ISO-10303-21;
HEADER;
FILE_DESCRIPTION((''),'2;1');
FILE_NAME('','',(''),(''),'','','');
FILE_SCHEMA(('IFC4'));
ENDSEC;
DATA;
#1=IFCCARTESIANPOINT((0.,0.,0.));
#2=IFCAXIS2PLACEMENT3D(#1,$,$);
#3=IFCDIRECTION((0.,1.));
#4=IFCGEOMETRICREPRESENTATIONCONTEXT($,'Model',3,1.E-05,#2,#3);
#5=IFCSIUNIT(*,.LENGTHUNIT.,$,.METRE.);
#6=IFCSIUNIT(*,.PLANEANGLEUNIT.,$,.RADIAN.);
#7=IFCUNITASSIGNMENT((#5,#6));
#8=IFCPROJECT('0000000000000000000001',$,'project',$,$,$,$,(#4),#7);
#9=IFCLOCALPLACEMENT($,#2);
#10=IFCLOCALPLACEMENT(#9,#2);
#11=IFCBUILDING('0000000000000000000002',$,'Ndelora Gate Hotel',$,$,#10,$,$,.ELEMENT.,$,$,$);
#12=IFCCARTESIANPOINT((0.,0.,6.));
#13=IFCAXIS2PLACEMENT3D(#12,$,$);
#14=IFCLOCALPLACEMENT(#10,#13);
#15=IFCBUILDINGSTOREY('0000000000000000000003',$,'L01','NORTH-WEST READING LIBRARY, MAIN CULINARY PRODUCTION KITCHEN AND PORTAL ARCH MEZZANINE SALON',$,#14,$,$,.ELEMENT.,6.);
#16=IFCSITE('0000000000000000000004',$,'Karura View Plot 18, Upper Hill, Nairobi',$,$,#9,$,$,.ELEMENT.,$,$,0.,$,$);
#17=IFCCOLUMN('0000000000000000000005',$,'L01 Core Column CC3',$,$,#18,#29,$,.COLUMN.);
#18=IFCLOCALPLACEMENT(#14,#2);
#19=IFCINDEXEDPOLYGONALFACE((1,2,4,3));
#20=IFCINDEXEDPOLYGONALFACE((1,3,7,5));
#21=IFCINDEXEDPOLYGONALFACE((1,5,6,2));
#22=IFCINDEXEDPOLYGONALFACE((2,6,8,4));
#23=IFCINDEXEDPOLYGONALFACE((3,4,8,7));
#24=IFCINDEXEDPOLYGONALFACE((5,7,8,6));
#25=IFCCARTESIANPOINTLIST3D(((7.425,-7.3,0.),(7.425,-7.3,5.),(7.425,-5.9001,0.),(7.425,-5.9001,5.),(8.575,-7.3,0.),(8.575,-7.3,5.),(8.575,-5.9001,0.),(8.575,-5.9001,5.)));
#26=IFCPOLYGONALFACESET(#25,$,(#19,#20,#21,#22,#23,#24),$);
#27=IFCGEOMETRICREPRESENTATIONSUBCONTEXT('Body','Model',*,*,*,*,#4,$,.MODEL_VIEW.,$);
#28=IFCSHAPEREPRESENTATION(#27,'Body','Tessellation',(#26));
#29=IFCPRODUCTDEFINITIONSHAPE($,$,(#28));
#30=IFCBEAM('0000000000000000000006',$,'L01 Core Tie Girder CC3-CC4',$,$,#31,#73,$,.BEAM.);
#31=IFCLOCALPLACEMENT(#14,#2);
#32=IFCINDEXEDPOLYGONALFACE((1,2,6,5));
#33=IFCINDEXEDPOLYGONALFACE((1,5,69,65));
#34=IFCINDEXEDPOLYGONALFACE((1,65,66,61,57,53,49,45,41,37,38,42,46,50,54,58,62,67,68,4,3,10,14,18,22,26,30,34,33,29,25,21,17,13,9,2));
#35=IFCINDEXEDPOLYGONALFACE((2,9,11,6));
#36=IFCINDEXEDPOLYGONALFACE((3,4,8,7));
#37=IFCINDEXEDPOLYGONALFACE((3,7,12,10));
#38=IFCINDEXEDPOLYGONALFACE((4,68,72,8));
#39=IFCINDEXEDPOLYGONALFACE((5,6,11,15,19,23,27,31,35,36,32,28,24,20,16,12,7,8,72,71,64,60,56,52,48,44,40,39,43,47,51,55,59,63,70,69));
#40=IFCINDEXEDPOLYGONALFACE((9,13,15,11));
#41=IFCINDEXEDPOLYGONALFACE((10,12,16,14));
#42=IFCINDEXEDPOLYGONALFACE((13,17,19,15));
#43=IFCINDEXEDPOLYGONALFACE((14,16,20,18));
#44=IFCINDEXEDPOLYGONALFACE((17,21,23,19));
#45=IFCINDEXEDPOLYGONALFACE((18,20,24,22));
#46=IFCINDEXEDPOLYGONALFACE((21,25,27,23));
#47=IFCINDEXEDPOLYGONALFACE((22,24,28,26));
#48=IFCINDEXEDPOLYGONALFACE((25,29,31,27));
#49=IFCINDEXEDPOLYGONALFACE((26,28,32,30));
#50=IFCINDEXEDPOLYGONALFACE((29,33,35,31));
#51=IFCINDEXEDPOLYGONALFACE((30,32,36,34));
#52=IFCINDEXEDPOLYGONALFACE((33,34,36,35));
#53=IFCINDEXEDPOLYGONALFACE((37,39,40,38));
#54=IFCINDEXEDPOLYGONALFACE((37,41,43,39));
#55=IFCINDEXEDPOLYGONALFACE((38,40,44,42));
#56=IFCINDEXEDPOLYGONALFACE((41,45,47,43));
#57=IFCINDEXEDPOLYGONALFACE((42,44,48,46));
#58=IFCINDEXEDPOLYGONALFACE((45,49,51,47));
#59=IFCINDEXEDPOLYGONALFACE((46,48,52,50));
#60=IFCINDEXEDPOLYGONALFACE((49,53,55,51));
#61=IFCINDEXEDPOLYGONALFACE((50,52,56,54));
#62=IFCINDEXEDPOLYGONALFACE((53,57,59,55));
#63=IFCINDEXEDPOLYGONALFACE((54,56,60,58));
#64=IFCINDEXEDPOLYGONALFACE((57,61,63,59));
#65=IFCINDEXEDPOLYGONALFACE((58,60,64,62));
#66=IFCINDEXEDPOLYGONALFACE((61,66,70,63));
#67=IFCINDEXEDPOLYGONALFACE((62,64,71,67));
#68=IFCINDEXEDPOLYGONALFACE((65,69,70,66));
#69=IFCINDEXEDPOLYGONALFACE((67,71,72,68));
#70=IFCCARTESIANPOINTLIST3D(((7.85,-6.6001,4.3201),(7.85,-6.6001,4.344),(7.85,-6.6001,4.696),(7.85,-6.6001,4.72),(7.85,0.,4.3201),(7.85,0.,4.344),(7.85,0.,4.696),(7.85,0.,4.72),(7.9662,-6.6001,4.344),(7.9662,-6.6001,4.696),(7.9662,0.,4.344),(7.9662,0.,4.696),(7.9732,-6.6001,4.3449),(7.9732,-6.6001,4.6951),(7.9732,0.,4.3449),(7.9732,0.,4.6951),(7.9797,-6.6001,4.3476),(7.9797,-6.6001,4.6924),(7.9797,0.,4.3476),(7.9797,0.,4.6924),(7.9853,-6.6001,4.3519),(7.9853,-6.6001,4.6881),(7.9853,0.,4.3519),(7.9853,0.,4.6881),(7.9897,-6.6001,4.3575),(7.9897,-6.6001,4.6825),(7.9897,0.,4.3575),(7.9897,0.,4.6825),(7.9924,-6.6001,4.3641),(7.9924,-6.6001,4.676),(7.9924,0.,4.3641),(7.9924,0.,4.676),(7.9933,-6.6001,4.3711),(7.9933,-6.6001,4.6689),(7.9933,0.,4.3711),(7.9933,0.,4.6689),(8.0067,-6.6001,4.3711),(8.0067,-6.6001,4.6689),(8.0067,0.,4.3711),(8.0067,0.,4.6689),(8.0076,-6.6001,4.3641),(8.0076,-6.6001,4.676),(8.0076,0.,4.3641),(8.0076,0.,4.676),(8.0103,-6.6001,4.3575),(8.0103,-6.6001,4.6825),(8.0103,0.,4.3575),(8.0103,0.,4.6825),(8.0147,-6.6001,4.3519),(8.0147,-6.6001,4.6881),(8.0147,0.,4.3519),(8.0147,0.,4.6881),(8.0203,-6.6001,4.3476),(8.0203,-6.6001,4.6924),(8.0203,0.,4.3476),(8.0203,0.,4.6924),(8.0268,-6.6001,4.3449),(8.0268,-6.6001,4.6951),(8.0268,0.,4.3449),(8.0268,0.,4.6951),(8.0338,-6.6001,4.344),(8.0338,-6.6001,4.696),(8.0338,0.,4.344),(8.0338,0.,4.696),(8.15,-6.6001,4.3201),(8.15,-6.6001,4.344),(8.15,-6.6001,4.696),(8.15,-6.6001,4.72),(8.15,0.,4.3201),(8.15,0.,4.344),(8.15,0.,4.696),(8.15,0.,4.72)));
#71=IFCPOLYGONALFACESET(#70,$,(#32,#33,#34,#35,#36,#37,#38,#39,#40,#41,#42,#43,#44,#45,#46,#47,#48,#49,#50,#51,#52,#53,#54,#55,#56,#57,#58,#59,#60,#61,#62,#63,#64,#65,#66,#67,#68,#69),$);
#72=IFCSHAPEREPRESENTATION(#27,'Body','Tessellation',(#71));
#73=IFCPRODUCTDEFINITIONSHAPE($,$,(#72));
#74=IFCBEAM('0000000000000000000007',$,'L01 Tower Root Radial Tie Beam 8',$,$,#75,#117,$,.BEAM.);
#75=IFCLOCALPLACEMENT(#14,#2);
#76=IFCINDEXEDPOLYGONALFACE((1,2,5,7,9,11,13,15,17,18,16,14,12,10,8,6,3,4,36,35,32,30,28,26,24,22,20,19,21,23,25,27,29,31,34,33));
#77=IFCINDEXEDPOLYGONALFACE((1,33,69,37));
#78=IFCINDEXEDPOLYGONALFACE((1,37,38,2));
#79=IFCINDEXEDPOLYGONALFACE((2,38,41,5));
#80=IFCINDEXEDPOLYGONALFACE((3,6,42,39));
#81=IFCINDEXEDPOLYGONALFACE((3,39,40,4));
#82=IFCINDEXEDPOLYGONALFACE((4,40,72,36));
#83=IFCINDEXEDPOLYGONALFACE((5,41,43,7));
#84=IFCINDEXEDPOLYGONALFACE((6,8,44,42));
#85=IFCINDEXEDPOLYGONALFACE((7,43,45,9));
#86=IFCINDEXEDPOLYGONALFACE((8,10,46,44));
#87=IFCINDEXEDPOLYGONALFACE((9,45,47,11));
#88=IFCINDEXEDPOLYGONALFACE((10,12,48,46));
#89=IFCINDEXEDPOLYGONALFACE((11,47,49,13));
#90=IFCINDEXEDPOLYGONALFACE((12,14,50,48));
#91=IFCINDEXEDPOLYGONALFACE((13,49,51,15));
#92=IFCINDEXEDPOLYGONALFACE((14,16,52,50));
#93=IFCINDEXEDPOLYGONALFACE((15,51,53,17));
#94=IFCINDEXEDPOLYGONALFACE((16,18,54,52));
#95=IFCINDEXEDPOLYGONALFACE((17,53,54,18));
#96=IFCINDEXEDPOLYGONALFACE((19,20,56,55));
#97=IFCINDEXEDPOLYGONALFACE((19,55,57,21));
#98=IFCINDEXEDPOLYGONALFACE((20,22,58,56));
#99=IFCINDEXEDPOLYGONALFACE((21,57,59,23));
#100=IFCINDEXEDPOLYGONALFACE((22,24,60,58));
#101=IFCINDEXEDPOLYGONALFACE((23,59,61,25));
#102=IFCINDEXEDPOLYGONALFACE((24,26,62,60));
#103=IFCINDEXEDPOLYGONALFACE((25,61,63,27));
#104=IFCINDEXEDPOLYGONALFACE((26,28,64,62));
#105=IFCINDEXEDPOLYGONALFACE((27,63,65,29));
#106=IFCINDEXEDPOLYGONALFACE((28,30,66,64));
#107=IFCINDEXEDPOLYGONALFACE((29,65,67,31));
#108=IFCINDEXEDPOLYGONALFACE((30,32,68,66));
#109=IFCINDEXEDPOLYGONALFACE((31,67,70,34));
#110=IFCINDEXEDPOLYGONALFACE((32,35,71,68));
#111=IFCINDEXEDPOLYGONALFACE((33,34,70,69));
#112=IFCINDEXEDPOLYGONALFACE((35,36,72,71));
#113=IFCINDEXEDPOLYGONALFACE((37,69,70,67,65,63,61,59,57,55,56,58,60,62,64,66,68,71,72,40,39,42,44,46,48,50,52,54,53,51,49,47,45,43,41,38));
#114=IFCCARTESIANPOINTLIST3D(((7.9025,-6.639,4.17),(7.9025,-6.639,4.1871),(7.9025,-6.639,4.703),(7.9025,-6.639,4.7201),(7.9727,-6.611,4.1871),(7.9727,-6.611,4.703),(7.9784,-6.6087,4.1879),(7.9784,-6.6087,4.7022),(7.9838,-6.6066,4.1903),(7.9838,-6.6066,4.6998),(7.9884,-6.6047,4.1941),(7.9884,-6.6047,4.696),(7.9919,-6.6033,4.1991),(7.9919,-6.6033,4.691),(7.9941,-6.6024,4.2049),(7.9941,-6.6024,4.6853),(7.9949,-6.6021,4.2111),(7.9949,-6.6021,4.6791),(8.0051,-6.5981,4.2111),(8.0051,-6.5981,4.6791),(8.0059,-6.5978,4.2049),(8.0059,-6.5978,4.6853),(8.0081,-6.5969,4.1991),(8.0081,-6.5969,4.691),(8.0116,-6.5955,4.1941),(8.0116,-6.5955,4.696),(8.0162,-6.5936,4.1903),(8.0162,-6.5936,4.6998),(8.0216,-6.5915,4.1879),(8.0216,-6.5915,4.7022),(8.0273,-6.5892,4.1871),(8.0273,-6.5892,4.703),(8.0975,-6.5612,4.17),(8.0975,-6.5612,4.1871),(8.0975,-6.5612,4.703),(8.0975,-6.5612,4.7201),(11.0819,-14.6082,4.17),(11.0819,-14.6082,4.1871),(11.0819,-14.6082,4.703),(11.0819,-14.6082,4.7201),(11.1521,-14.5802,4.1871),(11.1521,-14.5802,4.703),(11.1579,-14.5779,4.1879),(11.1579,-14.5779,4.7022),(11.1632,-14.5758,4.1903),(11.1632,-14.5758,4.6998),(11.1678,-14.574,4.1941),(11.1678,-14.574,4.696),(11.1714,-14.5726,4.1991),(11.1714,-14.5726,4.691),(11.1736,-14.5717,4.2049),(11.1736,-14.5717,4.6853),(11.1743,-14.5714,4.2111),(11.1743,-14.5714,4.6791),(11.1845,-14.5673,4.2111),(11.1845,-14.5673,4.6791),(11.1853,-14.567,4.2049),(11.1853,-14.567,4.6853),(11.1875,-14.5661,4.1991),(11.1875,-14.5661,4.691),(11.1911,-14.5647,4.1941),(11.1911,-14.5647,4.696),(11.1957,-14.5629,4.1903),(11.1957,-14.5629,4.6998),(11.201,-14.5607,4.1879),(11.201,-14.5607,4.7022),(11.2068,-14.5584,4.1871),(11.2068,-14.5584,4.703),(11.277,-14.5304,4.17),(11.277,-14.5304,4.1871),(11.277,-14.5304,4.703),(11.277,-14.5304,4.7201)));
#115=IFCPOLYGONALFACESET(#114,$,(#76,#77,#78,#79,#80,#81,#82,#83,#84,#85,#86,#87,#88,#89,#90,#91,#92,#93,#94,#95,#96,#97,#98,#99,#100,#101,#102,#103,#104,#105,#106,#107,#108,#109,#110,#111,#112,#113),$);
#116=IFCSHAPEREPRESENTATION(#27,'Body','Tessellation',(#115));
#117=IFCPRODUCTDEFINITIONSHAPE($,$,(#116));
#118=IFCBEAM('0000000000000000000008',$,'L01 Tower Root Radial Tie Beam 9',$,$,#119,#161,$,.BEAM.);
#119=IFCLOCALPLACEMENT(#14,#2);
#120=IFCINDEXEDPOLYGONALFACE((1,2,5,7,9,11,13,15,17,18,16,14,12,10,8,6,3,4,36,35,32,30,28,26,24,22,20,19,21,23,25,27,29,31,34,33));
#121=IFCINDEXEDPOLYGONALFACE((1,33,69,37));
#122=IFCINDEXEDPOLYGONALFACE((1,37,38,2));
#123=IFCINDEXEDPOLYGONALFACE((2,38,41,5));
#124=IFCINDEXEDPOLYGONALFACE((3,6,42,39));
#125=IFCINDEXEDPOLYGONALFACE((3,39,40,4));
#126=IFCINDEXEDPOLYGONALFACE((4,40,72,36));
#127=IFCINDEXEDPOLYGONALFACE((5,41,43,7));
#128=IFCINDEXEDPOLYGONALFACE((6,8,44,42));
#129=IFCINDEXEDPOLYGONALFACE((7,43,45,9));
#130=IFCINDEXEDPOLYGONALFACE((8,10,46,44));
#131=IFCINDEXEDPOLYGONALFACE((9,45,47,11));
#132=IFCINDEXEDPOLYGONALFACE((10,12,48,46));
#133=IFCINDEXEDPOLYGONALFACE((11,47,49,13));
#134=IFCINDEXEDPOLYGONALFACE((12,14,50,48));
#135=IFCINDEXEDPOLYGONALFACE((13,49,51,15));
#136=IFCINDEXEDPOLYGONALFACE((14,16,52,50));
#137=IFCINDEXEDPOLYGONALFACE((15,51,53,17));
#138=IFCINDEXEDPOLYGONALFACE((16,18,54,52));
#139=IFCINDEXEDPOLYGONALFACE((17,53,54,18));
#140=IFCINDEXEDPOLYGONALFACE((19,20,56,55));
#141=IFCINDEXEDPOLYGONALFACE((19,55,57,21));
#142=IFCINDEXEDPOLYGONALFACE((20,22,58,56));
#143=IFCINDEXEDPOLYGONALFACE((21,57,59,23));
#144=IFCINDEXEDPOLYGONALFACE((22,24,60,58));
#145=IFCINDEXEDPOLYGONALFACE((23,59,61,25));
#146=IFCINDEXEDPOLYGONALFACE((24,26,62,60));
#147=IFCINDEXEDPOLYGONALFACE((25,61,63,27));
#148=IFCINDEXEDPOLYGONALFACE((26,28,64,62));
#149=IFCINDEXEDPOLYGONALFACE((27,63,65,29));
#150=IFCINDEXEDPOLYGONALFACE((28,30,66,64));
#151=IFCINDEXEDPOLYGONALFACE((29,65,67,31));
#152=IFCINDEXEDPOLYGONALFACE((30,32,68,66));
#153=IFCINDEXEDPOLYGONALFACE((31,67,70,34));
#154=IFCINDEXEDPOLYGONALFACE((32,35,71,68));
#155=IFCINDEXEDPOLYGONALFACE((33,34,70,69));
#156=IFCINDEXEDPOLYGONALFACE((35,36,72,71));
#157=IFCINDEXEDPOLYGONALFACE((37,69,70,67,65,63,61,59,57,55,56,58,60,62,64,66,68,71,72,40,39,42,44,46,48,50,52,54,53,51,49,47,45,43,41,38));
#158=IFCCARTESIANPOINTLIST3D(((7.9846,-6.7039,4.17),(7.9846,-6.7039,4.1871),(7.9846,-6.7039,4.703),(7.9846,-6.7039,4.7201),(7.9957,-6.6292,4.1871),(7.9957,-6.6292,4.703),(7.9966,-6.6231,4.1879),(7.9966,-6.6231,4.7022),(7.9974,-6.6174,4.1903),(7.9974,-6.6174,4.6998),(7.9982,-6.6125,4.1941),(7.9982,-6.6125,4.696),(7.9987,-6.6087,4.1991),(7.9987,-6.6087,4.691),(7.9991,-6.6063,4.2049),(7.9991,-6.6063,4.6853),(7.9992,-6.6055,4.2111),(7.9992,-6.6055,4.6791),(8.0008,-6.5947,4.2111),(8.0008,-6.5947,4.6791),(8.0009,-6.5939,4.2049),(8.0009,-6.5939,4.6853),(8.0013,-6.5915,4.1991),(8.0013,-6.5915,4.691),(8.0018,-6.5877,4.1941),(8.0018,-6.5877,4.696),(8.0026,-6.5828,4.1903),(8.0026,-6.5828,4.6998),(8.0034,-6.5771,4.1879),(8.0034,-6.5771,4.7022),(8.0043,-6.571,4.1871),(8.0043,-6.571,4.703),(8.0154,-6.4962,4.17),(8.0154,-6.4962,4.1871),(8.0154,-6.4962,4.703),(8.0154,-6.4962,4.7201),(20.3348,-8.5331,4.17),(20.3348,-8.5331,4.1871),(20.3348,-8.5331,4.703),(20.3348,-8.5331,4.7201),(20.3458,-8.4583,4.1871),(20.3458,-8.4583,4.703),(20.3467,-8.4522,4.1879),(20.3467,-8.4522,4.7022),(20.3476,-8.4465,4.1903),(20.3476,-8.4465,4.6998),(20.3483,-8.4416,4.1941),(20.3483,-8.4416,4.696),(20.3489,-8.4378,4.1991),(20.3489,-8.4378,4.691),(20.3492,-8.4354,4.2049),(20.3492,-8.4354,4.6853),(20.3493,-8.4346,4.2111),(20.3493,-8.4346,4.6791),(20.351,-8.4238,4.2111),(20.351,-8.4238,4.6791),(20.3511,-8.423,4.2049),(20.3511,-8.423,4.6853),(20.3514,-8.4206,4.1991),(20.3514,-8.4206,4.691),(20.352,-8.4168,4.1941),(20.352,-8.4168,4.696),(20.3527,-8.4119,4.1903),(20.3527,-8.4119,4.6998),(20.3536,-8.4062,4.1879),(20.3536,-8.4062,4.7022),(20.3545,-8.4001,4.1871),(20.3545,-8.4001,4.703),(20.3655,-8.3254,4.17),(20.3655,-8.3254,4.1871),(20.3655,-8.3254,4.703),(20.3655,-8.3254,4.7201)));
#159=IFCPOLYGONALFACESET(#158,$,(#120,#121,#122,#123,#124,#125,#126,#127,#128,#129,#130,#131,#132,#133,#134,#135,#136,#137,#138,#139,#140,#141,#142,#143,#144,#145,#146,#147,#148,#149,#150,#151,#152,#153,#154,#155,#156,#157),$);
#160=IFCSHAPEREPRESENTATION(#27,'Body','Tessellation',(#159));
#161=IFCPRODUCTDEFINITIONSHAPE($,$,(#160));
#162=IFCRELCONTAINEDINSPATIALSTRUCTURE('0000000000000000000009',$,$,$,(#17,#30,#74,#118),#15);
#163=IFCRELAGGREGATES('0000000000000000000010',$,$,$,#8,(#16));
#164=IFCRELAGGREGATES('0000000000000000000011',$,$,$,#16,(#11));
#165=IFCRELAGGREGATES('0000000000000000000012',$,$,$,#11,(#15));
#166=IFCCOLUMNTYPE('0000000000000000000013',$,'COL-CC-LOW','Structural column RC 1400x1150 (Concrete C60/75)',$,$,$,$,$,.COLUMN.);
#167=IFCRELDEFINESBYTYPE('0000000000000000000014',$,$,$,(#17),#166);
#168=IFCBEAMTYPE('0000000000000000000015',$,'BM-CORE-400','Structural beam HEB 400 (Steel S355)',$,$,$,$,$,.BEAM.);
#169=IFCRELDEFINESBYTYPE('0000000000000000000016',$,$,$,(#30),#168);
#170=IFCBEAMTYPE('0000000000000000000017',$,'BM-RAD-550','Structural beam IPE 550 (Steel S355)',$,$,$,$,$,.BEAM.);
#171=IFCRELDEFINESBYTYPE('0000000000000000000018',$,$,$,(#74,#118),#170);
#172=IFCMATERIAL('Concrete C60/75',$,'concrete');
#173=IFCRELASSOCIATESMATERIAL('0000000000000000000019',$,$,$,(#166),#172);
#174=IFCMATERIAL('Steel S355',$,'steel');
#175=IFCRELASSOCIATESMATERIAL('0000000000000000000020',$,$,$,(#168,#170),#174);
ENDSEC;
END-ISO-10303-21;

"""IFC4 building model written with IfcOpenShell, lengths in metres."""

from ifc_helpers import new_model, si_unit, direction, frame, origin, origin_2d, place, context, subcontext, project, spatial, rectangle, i_section, extrude, material, material_profile, profile_set, type_object, element, save


model = new_model("IFC4")

# Units and contexts
model_context = context("Model", 3, precision=1e-05, world=origin(), true_north=direction((0.0, 1.0)))
body_context = subcontext(model_context, "Body", "Model", "MODEL_VIEW")
ifc_project = project(units=[si_unit("LENGTHUNIT", "METRE"), si_unit("PLANEANGLEUNIT", "RADIAN")], contexts=[model_context])

# Site, building, storey
site_placement = place(None, origin())
site = spatial("IfcSite", under=ifc_project, at=site_placement, Name="Karura View Plot 18, Upper Hill, Nairobi", CompositionType="ELEMENT", RefElevation=0.0)
building_placement = place(site_placement, origin())
building = spatial("IfcBuilding", under=site, at=building_placement, Name="Ndelora Gate Hotel", CompositionType="ELEMENT")
storey_placement = place(building_placement, frame((0.0, 0.0, 6.0)))
storey = spatial("IfcBuildingStorey", under=building, at=storey_placement, Name="L01", Description="NORTH-WEST READING LIBRARY, MAIN CULINARY PRODUCTION KITCHEN AND PORTAL ARCH MEZZANINE SALON", CompositionType="ELEMENT", Elevation=6.0)

# Column
ifc_material_1 = material(Name="Concrete C60/75", Category="concrete")
ifc_material_profile_1 = material_profile(ifc_material_1, rectangle(XDim=1.1499, YDim=1.3999, at=origin_2d()), Name="RC 1400x1150")
ifc_profile_set_1 = profile_set([ifc_material_profile_1], Name="Concrete C60/75")
column_type = type_object("IfcColumnType", Name="COL-CC-LOW", Description="Structural column RC 1400x1150 (Concrete C60/75)", PredefinedType="COLUMN", material=ifc_profile_set_1)
column_placement = place(storey_placement, frame((8.0, -6.6001, 0.0), z_axis=(0.0, 0.0, 1.0), x_axis=(1.0, 0.0, 0.0)))
element("IfcColumn", 1, at=column_placement, inside=storey, type_object=column_type, Name="L01 Core Column CC3", PredefinedType="COLUMN", context=body_context, shape_type="SweptSolid", body=[
    extrude(rectangle(XDim=1.1499, YDim=1.3999, at=origin_2d()), origin(), (0.0, 0.0, 1.0), 5.0),
])

# Beams
ifc_material_2 = material(Name="Steel S355", Category="steel")
ifc_material_profile_2 = material_profile(ifc_material_2, i_section(OverallWidth=0.3, OverallDepth=0.3999, WebThickness=0.0134, FlangeThickness=0.0239, FilletRadius=0.0271, at=origin_2d()), Name="HEB 400")
ifc_profile_set_2 = profile_set([ifc_material_profile_2], Name="Steel S355")
beam_type_1 = type_object("IfcBeamType", Name="BM-CORE-400", Description="Structural beam HEB 400 (Steel S355)", PredefinedType="BEAM", material=ifc_profile_set_2)
beam_1_placement = place(storey_placement, frame((8.0, -6.6001, 4.52), z_axis=(0.0, 1.0, 0.0), x_axis=(-1.0, 0.0, 0.0)))
element("IfcBeam", 2, at=beam_1_placement, inside=storey, type_object=beam_type_1, Name="L01 Core Tie Girder CC3-CC4", PredefinedType="BEAM", context=body_context, shape_type="SweptSolid", body=[
    extrude(i_section(OverallWidth=0.3, OverallDepth=0.3999, WebThickness=0.0134, FlangeThickness=0.0239, FilletRadius=0.0271, at=origin_2d()), origin(), (0.0, 0.0, 1.0), 6.6001),
])
ifc_material_profile_3 = material_profile(ifc_material_2, i_section(OverallWidth=0.21, OverallDepth=0.55, WebThickness=0.011, FlangeThickness=0.0171, FilletRadius=0.0239, at=origin_2d()), Name="IPE 550")
ifc_profile_set_3 = profile_set([ifc_material_profile_3], Name="Steel S355")
beam_type_2 = type_object("IfcBeamType", Name="BM-RAD-550", Description="Structural beam IPE 550 (Steel S355)", PredefinedType="BEAM", material=ifc_profile_set_3)
beam_2_placement = place(storey_placement, frame((8.0, -6.6001, 4.4451), z_axis=(0.370561, -0.928808, 0.0), x_axis=(0.928808, 0.370561, 0.0)))
element("IfcBeam", 3, at=beam_2_placement, inside=storey, type_object=beam_type_2, Name="L01 Tower Root Radial Tie Beam 8", PredefinedType="BEAM", context=body_context, shape_type="SweptSolid", body=[
    extrude(i_section(OverallWidth=0.21, OverallDepth=0.55, WebThickness=0.011, FlangeThickness=0.0171, FilletRadius=0.0239, at=origin_2d()), origin(), (0.0, 0.0, 1.0), 8.5801),
])
beam_3_placement = place(storey_placement, frame((8.0, -6.6001, 4.4451), z_axis=(0.98921, -0.146506, 0.0), x_axis=(0.146506, 0.98921, 0.0)))
element("IfcBeam", 4, at=beam_3_placement, inside=storey, type_object=beam_type_2, Name="L01 Tower Root Radial Tie Beam 9", PredefinedType="BEAM", context=body_context, shape_type="SweptSolid", body=[
    extrude(i_section(OverallWidth=0.21, OverallDepth=0.55, WebThickness=0.011, FlangeThickness=0.0171, FilletRadius=0.0239, at=origin_2d()), origin(), (0.0, 0.0, 1.0), 12.4849),
])

save(model, "model.ifc")
